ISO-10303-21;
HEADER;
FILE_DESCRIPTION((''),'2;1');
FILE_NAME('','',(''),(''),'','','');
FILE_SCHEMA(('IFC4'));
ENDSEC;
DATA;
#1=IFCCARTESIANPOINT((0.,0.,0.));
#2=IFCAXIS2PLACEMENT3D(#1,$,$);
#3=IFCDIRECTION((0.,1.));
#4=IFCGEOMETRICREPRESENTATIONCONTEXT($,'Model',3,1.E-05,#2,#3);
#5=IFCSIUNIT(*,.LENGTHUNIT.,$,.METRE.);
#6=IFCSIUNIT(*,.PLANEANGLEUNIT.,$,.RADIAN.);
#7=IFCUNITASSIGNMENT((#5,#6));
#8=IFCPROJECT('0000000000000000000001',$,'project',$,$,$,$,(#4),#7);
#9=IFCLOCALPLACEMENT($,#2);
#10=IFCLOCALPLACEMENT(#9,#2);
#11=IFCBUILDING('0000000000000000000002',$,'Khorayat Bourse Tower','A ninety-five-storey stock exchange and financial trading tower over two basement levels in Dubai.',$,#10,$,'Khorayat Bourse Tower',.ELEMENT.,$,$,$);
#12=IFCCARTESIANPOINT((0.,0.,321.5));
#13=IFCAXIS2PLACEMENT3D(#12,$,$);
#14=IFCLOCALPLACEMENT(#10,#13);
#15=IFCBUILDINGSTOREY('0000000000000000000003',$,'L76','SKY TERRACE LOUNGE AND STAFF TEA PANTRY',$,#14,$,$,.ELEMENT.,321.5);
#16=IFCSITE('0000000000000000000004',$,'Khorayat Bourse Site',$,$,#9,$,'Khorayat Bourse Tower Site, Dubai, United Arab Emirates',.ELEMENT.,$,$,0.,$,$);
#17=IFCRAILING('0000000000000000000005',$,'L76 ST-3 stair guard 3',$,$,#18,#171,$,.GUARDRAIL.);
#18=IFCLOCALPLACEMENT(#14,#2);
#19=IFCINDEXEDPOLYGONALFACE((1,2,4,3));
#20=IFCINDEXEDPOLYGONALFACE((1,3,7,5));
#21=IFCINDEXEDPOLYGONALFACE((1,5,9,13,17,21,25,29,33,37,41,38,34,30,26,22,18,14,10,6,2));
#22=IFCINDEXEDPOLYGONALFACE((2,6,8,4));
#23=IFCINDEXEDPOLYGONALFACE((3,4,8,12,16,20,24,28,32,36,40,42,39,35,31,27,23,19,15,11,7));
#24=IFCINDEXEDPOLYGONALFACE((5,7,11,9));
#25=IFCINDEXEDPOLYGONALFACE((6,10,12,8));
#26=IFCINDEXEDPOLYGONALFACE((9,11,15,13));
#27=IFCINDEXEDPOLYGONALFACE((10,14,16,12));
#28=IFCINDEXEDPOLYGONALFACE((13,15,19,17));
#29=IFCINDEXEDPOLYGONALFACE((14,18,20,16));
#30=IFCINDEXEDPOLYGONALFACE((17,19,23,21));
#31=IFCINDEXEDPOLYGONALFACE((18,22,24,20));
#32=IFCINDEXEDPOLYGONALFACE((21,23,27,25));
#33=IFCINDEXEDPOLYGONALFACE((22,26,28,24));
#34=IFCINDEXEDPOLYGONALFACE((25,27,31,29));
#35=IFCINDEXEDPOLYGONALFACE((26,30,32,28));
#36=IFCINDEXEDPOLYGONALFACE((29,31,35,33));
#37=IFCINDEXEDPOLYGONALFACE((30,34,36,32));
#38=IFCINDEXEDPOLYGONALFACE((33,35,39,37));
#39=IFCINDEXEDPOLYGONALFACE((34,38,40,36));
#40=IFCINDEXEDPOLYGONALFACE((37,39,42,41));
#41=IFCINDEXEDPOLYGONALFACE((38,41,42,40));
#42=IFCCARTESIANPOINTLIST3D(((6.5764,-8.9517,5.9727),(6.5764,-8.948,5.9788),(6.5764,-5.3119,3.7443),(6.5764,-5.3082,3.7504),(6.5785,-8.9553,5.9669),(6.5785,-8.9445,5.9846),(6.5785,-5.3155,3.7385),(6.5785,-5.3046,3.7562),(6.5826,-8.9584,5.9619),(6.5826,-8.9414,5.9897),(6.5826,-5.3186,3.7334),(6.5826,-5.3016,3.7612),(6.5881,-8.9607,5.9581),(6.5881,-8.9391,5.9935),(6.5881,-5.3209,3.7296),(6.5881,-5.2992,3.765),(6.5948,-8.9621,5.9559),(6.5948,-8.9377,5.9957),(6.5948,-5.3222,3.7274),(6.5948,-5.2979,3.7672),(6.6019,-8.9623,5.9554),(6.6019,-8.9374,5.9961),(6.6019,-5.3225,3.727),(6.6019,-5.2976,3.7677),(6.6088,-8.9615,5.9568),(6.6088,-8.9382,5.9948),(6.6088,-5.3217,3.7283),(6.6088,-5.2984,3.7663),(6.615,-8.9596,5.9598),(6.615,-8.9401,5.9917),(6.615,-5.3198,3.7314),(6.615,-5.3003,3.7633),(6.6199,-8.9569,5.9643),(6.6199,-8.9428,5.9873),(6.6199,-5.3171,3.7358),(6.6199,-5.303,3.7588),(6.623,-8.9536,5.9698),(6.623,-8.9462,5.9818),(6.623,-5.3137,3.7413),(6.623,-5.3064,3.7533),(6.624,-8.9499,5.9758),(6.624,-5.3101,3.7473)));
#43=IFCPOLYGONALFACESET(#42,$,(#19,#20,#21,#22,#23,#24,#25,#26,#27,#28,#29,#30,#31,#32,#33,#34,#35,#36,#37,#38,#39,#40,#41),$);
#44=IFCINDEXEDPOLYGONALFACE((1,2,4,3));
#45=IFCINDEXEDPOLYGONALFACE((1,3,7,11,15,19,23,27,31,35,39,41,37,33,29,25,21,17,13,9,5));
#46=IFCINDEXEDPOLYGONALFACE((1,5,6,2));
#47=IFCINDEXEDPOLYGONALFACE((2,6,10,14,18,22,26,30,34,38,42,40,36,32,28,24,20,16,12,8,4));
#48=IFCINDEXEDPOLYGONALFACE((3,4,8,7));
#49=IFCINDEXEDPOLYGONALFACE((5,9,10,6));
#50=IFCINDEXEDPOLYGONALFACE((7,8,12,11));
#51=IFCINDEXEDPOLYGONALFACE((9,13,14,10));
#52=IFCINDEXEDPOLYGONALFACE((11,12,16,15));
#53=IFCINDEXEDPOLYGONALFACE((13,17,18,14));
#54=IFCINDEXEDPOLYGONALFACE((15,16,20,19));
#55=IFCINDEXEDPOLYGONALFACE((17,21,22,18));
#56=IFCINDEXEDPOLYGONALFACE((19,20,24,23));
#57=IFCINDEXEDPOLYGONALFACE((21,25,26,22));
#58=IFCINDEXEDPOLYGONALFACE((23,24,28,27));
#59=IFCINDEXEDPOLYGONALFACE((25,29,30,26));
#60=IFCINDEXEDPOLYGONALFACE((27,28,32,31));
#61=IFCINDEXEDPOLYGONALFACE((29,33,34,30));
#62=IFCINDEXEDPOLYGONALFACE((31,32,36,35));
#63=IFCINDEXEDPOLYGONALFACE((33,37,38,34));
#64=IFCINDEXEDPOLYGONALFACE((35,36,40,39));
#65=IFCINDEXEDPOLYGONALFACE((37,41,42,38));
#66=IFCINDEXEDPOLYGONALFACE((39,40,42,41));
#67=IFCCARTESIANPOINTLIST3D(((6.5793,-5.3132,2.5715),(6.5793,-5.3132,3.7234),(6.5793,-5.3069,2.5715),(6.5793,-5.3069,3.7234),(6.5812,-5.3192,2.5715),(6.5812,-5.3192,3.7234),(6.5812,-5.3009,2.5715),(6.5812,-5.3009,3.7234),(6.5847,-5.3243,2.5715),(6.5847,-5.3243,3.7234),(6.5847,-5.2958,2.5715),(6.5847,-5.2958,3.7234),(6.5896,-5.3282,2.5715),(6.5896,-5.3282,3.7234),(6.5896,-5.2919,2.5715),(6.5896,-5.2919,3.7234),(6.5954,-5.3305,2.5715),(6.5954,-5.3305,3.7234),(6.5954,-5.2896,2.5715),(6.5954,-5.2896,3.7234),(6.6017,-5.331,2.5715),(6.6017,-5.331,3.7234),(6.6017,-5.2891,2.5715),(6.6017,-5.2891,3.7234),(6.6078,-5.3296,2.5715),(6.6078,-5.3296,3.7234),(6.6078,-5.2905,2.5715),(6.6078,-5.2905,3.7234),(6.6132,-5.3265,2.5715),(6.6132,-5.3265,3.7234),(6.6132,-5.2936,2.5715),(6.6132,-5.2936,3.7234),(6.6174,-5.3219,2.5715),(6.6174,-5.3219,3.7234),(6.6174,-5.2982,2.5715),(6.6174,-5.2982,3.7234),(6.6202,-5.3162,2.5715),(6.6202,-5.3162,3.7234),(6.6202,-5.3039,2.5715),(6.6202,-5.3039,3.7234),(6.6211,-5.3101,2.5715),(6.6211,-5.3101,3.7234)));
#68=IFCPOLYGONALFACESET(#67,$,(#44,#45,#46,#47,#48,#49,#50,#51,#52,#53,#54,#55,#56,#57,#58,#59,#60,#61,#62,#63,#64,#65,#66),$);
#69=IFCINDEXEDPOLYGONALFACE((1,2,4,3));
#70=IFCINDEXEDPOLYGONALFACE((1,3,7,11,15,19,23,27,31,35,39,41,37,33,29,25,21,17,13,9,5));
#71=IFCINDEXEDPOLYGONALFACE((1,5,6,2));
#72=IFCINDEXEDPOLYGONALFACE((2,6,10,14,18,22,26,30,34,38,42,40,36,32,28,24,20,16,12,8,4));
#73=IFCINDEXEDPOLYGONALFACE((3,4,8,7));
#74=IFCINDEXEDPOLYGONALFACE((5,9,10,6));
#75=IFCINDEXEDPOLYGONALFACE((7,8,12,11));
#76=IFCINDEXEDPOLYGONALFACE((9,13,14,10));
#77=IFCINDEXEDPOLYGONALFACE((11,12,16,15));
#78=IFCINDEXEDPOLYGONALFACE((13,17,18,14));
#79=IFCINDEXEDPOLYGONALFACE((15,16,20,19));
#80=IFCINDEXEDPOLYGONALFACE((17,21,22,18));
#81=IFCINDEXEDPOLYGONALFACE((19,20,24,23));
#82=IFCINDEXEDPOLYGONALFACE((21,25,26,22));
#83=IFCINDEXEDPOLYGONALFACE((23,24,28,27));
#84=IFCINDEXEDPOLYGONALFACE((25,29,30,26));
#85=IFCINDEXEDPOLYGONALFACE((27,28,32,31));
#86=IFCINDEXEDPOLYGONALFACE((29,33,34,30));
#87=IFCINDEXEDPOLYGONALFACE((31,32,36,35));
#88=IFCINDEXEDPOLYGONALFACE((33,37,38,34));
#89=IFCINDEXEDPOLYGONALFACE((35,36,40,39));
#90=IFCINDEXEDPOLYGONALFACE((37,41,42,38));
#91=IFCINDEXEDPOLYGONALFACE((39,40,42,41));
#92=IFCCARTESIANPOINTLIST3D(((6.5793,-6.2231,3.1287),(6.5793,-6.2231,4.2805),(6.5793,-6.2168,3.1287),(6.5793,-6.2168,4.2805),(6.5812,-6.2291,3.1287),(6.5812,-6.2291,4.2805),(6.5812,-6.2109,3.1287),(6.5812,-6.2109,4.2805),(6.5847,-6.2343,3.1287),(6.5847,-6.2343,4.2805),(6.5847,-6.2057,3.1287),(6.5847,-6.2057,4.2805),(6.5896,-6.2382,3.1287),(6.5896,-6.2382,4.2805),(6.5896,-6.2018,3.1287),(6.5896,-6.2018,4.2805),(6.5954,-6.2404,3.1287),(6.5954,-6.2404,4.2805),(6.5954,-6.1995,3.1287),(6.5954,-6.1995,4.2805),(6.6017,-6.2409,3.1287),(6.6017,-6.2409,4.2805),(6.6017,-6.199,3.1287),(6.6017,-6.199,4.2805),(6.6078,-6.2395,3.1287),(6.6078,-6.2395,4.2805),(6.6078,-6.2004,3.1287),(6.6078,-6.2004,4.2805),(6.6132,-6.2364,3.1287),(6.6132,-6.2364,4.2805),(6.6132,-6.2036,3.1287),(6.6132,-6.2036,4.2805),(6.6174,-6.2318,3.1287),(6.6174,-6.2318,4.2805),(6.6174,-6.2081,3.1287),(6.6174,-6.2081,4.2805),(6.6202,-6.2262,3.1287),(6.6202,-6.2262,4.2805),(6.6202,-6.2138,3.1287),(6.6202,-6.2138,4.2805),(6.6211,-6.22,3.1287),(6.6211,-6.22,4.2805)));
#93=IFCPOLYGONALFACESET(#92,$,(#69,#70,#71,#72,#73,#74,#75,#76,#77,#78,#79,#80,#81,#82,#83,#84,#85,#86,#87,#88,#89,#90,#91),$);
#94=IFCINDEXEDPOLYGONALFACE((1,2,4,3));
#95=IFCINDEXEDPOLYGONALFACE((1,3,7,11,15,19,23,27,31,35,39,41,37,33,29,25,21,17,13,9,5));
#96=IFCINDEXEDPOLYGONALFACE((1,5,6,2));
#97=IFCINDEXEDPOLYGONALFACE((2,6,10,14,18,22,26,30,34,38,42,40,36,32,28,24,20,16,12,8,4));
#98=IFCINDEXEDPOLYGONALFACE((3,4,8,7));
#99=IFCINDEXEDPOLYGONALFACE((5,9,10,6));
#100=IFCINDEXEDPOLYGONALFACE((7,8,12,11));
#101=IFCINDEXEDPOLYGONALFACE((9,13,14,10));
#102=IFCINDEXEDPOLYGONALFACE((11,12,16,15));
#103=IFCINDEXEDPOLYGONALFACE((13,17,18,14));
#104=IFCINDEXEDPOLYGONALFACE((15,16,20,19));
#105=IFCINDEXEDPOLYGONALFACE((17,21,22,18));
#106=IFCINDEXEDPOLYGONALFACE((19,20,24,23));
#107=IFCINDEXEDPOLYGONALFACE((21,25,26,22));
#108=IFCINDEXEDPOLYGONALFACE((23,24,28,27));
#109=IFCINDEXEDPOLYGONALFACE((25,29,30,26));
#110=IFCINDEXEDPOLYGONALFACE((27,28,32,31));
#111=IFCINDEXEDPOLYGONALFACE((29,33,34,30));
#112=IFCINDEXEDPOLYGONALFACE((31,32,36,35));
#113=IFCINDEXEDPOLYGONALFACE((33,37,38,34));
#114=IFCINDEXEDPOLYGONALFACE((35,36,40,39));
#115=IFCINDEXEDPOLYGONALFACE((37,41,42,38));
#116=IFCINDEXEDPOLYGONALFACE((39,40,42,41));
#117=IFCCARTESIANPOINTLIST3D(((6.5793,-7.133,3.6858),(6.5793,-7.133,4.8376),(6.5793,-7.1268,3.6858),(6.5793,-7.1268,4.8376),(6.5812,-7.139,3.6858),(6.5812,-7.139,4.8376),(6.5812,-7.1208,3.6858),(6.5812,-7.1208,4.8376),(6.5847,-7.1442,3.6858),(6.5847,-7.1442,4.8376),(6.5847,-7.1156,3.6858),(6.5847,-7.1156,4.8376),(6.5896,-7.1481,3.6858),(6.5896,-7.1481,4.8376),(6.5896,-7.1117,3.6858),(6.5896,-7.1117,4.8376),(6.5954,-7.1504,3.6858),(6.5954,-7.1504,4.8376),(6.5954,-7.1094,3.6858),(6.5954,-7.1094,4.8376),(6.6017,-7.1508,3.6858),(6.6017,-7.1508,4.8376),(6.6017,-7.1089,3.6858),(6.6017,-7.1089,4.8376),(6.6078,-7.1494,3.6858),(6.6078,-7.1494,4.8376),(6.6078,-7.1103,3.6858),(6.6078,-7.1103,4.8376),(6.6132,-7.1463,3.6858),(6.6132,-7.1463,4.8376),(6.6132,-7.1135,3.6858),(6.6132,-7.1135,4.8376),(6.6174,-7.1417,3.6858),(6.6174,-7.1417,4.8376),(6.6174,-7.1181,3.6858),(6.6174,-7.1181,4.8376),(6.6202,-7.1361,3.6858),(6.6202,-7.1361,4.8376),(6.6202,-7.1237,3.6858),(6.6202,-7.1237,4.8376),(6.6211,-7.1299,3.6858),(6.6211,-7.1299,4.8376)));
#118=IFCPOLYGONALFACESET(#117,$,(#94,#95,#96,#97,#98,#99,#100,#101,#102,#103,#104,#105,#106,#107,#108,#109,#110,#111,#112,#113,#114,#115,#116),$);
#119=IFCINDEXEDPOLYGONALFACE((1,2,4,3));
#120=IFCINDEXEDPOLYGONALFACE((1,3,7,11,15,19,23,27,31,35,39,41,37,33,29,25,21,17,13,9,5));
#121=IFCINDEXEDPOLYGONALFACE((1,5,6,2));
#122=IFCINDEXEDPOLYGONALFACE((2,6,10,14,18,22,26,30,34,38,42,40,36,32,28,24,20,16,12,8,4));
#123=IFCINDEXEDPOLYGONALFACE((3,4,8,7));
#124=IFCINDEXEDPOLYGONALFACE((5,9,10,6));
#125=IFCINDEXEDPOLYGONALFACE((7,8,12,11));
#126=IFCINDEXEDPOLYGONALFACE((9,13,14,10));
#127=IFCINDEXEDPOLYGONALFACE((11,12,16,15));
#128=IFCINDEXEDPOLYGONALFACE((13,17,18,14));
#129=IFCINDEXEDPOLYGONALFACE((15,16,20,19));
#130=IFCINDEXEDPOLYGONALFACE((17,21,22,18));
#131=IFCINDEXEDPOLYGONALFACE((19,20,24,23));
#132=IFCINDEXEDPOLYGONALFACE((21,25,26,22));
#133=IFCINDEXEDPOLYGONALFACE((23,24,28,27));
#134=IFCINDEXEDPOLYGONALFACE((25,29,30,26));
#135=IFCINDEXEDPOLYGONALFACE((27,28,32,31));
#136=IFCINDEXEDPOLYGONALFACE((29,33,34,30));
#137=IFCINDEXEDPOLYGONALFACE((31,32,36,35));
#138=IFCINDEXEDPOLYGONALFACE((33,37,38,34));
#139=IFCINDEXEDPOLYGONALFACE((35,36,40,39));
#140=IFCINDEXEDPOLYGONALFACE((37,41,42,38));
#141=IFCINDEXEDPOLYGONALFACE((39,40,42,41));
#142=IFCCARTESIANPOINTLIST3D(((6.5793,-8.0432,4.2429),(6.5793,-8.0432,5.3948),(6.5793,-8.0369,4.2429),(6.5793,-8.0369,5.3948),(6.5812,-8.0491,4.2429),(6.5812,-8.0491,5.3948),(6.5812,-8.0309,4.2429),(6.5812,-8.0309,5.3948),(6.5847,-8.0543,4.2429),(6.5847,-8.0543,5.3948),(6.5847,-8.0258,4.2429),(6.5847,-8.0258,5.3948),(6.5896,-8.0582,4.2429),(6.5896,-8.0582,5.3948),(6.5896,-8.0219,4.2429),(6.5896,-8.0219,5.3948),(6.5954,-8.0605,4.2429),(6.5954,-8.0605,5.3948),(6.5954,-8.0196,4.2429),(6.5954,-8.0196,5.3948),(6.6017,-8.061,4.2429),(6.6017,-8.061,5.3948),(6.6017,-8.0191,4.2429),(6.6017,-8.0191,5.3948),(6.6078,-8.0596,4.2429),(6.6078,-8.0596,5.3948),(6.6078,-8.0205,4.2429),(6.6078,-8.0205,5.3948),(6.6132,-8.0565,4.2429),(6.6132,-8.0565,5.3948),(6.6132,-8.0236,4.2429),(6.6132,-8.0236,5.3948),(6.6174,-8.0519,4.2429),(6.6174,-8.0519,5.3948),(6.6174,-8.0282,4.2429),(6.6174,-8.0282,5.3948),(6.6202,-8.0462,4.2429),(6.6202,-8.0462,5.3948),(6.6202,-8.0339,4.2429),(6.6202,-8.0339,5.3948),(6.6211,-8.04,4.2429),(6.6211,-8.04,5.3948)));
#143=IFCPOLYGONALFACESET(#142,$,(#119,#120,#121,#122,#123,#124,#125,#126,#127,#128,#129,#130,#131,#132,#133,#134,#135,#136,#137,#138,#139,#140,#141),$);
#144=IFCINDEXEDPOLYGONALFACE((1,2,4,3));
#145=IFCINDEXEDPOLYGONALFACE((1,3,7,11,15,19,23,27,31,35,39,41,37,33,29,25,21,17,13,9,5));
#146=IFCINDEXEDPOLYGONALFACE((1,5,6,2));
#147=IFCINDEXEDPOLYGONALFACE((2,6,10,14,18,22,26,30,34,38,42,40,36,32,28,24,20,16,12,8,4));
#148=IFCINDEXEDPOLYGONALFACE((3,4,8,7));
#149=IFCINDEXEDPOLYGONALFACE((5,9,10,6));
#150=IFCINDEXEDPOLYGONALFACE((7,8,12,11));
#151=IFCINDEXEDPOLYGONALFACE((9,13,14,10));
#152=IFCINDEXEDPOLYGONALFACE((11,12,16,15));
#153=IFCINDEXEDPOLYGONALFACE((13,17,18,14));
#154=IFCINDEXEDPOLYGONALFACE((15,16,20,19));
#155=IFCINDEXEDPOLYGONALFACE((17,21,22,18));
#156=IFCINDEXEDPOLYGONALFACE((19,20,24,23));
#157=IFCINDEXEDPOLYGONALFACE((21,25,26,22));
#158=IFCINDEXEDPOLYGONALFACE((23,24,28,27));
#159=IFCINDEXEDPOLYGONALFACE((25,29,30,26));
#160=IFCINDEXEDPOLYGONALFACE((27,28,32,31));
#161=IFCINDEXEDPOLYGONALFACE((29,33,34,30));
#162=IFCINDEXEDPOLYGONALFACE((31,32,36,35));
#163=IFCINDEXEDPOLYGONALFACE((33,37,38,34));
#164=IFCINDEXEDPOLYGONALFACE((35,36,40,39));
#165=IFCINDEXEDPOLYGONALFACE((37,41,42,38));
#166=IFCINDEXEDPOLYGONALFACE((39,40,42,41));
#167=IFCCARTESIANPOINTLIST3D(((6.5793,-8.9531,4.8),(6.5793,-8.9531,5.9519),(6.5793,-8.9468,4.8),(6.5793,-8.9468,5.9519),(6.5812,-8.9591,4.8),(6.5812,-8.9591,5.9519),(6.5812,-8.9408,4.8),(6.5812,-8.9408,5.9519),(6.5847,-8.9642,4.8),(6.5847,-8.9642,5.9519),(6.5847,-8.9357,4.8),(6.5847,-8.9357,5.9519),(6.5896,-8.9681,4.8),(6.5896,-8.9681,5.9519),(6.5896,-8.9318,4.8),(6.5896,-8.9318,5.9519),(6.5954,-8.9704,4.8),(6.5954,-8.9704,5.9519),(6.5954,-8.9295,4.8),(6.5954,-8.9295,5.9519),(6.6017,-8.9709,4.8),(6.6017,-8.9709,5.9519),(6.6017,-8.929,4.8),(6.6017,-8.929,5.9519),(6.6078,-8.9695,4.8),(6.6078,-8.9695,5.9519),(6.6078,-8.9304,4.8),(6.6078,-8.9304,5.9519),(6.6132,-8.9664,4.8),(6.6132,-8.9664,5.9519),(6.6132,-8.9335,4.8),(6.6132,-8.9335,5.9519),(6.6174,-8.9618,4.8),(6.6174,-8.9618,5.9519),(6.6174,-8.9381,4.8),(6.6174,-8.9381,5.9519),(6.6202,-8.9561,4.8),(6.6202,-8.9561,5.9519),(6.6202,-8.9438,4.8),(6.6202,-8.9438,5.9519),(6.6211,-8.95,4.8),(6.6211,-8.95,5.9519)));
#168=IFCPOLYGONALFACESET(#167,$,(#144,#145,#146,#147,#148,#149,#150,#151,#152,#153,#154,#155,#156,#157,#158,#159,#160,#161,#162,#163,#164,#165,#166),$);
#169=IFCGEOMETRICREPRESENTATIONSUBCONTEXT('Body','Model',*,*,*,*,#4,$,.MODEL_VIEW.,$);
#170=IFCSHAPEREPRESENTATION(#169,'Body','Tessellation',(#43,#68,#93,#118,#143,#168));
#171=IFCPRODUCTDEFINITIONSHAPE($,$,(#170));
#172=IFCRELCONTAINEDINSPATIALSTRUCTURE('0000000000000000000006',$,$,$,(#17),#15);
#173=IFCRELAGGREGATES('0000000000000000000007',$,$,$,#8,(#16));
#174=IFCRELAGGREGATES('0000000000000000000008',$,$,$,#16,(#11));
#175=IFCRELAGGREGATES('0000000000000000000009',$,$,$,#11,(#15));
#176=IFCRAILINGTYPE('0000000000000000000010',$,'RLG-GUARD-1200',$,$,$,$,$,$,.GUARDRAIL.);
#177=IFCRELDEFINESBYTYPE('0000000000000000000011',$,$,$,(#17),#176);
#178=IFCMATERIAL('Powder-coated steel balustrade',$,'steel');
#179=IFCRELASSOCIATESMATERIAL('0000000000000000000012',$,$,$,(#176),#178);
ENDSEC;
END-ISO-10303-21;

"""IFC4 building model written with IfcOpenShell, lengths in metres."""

from ifc_helpers import new_model, si_unit, direction, frame, origin, origin_2d, place, context, subcontext, project, spatial, circle, extrude, source, transform, mapped, material, type_object, element, save


model = new_model("IFC4")

# Units and contexts
model_context = context("Model", 3, precision=1e-05, world=origin(), true_north=direction((0.0, 1.0)))
body_context = subcontext(model_context, "Body", "Model", "MODEL_VIEW")
ifc_project = project(units=[si_unit("LENGTHUNIT", "METRE"), si_unit("PLANEANGLEUNIT", "RADIAN")], contexts=[model_context])

# Site, building, storey
site_placement = place(None, origin())
site = spatial("IfcSite", under=ifc_project, at=site_placement, Name="Khorayat Bourse Site", LongName="Khorayat Bourse Tower Site, Dubai, United Arab Emirates", CompositionType="ELEMENT", RefElevation=0.0)
building_placement = place(site_placement, origin())
building = spatial("IfcBuilding", under=site, at=building_placement, Name="Khorayat Bourse Tower", Description="A ninety-five-storey stock exchange and financial trading tower over two basement levels in Dubai.", LongName="Khorayat Bourse Tower", CompositionType="ELEMENT")
storey_placement = place(building_placement, frame((0.0, 0.0, 321.5)))
storey = spatial("IfcBuildingStorey", under=building, at=storey_placement, Name="L76", Description="SKY TERRACE LOUNGE AND STAFF TEA PANTRY", CompositionType="ELEMENT", Elevation=321.5)

# Railing
ifc_material_1 = material(Name="Powder-coated steel balustrade", Category="steel")
railing_type_1 = type_object("IfcRailingType", Name="RLG-GUARD-1200", PredefinedType="GUARDRAIL", material=ifc_material_1)
shared_shape_1 = source(origin(), body_context, "Body", "SweptSolid", [
    extrude(circle(Radius=0.0239, at=origin_2d()), frame((0.0, 0.0, 1.1758), z_axis=(0.0, -0.85285, 0.522156), x_axis=(1.0, 0.0, 0.0)), (0.0, 0.0, 1.0), 4.2678),
    extrude(circle(Radius=0.021, at=origin_2d()), origin(), (0.0, 0.0, 1.0), 1.1519),
    extrude(circle(Radius=0.021, at=origin_2d()), frame((0.0, -0.9099, 0.5571)), (0.0, 0.0, 1.0), 1.1519),
    extrude(circle(Radius=0.021, at=origin_2d()), frame((0.0, -1.8198, 1.1143)), (0.0, 0.0, 1.0), 1.1519),
    extrude(circle(Radius=0.021, at=origin_2d()), frame((0.0, -2.73, 1.6714)), (0.0, 0.0, 1.0), 1.1519),
    extrude(circle(Radius=0.021, at=origin_2d()), frame((0.0, -3.6399, 2.2285)), (0.0, 0.0, 1.0), 1.1519),
])
railing_1_placement = place(storey_placement, frame((6.6001, -5.3101, 2.5715)))
element("IfcRailing", 1, at=railing_1_placement, inside=storey, type_object=railing_type_1, Name="L76 ST-3 stair guard 3", PredefinedType="GUARDRAIL", context=body_context, shape_type="MappedRepresentation", body=[
    mapped(shared_shape_1, transform((0.0, 0.0, 0.0), scale=1.0)),
])

save(model, "model.ifc")
